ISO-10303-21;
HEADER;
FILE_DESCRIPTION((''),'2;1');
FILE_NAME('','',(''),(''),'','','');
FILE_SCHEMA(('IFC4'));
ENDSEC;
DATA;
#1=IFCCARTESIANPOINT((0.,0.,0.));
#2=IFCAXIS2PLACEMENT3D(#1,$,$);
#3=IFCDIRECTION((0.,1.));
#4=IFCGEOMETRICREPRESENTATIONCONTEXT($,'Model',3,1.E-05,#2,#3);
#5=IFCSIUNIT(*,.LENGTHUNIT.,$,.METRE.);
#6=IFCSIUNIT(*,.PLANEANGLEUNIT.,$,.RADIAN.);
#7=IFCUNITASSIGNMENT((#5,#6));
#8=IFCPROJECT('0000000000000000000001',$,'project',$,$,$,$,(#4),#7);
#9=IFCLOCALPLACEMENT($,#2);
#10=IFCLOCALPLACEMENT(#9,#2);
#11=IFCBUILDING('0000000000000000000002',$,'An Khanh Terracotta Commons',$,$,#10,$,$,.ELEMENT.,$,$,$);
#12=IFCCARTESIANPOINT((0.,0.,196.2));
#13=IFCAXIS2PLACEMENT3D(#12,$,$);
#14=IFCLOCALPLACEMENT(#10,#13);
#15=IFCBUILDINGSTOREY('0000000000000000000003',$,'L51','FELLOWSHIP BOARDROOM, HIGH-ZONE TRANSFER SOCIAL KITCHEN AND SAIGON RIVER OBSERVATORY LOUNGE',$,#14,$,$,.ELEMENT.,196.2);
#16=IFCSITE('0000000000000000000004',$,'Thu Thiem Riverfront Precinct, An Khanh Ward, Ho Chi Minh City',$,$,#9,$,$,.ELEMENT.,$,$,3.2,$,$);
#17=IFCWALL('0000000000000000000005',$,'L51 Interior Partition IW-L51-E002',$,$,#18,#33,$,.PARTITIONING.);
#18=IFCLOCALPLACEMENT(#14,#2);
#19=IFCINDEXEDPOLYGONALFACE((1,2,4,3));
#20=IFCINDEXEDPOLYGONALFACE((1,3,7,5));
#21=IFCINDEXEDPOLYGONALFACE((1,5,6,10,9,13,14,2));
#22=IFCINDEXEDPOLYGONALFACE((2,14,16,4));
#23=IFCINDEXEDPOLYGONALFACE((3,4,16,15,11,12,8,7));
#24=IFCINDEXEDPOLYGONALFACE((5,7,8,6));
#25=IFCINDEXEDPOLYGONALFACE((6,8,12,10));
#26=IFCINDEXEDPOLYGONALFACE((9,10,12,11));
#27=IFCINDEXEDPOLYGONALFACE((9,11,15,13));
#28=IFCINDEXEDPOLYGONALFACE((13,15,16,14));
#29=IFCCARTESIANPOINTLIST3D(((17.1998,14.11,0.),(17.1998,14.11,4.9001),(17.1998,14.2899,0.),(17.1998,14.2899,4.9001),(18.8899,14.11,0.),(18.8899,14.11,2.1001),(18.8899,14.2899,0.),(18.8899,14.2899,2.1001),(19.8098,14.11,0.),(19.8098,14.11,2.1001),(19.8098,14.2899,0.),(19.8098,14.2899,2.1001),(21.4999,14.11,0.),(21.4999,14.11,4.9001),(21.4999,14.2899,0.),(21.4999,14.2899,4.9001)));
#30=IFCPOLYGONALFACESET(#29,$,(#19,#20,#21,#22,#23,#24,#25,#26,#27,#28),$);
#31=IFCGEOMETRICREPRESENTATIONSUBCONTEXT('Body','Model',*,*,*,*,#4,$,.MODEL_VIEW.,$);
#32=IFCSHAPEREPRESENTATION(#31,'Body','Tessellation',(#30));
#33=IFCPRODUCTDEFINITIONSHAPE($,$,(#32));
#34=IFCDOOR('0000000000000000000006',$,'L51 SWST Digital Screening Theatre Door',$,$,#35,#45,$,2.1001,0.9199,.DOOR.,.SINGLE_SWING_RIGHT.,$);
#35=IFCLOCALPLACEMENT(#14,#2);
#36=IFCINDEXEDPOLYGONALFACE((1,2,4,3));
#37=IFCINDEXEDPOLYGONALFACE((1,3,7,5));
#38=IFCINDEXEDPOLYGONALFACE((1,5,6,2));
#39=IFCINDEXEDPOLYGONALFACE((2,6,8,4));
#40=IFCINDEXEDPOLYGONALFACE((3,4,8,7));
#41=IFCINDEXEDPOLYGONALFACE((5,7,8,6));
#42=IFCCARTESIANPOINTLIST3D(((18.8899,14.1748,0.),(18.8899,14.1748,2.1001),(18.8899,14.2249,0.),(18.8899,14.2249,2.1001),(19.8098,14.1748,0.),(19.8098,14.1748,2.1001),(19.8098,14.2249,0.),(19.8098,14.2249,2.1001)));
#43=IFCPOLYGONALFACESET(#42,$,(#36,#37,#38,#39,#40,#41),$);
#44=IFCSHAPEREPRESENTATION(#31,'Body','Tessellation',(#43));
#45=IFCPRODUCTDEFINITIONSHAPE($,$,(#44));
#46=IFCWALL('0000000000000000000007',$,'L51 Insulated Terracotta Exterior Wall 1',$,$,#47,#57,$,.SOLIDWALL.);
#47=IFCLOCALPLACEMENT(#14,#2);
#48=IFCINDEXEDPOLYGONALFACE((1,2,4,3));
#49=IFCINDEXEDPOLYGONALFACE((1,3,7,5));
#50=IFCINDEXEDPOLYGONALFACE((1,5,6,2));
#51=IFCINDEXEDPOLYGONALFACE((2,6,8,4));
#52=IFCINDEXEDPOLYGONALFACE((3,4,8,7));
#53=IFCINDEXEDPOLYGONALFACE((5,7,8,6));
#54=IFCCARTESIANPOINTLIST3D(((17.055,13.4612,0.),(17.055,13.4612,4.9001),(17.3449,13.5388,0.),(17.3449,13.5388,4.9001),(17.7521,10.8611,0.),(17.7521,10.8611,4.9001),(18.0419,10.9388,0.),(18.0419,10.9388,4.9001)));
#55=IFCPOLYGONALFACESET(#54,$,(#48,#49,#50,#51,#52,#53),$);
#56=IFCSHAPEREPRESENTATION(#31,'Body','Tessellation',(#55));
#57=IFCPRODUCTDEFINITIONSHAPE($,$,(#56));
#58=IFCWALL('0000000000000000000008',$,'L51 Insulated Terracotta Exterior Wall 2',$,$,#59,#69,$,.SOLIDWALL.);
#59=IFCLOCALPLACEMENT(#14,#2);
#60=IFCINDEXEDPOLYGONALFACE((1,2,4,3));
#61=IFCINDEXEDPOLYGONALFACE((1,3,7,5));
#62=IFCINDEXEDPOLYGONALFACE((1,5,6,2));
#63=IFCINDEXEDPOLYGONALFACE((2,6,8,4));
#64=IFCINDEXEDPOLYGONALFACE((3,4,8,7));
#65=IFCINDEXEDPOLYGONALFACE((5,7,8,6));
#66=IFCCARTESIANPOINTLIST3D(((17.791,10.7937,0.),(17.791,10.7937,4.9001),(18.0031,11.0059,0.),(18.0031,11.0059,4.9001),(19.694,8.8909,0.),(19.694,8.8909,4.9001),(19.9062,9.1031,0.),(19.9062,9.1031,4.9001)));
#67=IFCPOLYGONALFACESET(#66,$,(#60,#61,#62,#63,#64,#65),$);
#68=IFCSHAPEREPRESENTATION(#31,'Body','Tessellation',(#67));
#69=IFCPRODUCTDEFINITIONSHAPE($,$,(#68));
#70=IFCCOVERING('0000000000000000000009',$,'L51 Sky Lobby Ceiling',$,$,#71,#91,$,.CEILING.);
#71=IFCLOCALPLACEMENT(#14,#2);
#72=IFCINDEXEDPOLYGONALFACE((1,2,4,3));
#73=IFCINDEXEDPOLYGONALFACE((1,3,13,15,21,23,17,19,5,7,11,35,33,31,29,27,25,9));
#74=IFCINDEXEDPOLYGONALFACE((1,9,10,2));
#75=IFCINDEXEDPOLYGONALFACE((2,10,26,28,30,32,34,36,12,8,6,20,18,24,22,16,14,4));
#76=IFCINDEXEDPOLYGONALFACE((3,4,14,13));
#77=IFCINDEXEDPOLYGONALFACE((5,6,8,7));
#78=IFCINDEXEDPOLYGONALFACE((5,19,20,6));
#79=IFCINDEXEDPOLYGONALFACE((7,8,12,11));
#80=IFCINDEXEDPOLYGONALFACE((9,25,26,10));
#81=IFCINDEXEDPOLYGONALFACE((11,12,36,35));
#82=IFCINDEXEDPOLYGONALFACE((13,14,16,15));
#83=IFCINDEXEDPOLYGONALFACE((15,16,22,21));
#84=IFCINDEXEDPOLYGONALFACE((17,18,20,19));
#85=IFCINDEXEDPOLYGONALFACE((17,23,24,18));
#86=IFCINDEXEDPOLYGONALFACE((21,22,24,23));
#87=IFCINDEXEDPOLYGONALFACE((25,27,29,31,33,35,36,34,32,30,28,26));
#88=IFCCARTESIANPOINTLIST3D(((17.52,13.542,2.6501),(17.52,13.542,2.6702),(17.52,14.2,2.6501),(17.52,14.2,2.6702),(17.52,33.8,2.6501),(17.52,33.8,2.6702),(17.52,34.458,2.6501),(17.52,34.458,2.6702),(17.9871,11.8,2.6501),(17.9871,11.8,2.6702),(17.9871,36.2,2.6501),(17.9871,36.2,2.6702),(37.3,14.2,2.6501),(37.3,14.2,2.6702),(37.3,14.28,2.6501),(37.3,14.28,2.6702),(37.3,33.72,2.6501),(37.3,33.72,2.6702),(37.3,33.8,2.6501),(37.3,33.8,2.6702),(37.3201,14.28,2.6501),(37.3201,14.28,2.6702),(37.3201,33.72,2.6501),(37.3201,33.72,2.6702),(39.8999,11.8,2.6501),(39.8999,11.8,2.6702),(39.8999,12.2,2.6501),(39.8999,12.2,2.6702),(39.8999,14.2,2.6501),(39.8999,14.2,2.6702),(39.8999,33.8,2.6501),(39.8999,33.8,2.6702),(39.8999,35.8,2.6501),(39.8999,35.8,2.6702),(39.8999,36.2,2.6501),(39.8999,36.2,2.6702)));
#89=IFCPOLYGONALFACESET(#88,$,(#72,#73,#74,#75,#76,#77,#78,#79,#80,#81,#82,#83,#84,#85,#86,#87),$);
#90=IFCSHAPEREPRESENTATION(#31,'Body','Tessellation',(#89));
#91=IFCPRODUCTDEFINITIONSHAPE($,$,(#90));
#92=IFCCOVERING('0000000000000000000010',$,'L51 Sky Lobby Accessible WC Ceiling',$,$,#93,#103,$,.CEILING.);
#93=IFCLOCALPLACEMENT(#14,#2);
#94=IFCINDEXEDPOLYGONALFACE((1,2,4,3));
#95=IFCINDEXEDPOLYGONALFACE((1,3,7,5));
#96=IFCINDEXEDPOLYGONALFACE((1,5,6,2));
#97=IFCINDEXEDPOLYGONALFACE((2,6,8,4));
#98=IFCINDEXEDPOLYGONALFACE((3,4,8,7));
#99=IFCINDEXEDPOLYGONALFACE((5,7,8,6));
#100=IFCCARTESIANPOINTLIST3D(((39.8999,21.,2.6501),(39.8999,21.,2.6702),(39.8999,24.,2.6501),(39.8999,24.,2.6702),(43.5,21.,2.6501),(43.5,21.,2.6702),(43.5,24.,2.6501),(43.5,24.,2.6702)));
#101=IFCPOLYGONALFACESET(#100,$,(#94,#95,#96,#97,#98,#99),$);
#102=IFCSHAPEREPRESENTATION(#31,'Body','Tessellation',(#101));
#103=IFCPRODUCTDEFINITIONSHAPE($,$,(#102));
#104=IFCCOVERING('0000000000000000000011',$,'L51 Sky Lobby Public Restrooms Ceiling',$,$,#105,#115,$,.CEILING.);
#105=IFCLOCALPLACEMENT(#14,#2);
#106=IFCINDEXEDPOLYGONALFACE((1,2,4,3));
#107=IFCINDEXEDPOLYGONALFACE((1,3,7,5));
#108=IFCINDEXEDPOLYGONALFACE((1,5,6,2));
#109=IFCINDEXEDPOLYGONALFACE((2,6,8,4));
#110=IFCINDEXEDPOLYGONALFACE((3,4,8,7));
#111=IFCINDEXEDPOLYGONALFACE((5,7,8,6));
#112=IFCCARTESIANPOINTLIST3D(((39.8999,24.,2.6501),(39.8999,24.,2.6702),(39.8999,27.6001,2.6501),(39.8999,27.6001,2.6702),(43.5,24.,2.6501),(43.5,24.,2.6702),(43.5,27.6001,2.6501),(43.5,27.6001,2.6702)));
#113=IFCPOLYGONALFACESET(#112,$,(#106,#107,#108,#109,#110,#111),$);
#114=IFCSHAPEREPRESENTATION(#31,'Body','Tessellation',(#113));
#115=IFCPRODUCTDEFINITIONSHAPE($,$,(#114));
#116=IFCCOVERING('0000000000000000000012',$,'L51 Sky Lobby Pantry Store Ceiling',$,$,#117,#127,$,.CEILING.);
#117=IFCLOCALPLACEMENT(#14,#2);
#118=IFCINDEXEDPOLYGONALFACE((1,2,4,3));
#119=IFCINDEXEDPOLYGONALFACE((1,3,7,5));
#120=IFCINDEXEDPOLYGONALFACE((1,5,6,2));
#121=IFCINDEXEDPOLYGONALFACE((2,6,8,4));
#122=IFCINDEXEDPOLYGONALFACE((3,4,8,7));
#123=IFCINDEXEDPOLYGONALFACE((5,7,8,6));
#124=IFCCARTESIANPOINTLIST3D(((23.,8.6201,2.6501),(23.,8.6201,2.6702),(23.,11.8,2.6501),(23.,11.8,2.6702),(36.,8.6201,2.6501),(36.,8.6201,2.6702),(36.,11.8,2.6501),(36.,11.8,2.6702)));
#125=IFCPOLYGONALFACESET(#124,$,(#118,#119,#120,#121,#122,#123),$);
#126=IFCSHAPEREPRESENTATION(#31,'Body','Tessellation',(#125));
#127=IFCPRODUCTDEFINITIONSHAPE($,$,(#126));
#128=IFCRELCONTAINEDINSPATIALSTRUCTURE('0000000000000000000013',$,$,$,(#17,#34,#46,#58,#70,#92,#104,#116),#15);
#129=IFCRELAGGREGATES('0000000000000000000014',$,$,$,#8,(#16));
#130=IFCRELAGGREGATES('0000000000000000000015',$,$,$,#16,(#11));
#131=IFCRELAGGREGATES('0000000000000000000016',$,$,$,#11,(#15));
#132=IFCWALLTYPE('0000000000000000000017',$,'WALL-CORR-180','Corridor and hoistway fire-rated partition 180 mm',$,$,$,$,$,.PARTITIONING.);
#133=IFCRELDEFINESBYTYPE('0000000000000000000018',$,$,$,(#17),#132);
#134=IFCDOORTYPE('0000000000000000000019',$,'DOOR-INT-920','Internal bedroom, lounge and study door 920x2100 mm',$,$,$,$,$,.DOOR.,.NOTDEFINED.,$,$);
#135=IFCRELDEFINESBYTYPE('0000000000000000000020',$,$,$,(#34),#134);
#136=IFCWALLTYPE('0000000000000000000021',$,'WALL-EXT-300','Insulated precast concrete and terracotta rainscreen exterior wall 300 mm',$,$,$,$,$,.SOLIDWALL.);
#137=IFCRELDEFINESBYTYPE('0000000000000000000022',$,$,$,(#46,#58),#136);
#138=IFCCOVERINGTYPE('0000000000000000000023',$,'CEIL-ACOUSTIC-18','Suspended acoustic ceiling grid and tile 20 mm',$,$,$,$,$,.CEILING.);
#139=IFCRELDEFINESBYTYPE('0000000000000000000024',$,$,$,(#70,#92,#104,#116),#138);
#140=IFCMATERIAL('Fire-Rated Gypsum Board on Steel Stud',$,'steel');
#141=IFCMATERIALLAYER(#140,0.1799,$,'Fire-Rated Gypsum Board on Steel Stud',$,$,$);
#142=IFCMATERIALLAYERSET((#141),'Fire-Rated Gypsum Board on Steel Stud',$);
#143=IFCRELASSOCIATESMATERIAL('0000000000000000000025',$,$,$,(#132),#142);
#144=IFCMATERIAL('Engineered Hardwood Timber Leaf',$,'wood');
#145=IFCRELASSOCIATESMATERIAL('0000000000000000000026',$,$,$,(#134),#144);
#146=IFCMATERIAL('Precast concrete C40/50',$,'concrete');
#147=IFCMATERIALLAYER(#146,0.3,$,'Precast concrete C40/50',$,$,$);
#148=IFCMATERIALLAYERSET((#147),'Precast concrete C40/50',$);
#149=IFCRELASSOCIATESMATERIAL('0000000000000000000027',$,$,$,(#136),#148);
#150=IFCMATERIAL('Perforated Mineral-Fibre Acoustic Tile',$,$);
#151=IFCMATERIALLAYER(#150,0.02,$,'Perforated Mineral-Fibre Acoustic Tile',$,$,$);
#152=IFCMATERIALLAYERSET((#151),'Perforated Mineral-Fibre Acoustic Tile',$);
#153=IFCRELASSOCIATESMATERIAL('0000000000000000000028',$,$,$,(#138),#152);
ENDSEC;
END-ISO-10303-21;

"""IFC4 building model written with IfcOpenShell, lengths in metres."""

from ifc_helpers import new_model, si_unit, direction, frame, frame_2d, origin, place, context, subcontext, project, spatial, polyline, rectangle, outline, extrude, material, layer, layer_set, type_object, element, fill, save


model = new_model("IFC4")

# Units and contexts
model_context = context("Model", 3, precision=1e-05, world=origin(), true_north=direction((0.0, 1.0)))
body_context = subcontext(model_context, "Body", "Model", "MODEL_VIEW")
ifc_project = project(units=[si_unit("LENGTHUNIT", "METRE"), si_unit("PLANEANGLEUNIT", "RADIAN")], contexts=[model_context])

# Site, building, storey
site_placement = place(None, origin())
site = spatial("IfcSite", under=ifc_project, at=site_placement, Name="Thu Thiem Riverfront Precinct, An Khanh Ward, Ho Chi Minh City", CompositionType="ELEMENT", RefElevation=3.2)
building_placement = place(site_placement, origin())
building = spatial("IfcBuilding", under=site, at=building_placement, Name="An Khanh Terracotta Commons", CompositionType="ELEMENT")
storey_placement = place(building_placement, frame((0.0, 0.0, 196.2)))
storey = spatial("IfcBuildingStorey", under=building, at=storey_placement, Name="L51", Description="FELLOWSHIP BOARDROOM, HIGH-ZONE TRANSFER SOCIAL KITCHEN AND SAIGON RIVER OBSERVATORY LOUNGE", CompositionType="ELEMENT", Elevation=196.2)

# Shared definitions
ifc_material_1 = material(Name="Precast concrete C40/50", Category="concrete")

# Wall, opening, door
ifc_material_2 = material(Name="Fire-Rated Gypsum Board on Steel Stud", Category="steel")
ifc_layer_1 = layer(ifc_material_2, 0.1799, Name="Fire-Rated Gypsum Board on Steel Stud")
ifc_layer_set_1 = layer_set([ifc_layer_1], Name="Fire-Rated Gypsum Board on Steel Stud")
wall_type_1 = type_object("IfcWallType", Name="WALL-CORR-180", Description="Corridor and hoistway fire-rated partition 180 mm", PredefinedType="PARTITIONING", material=ifc_layer_set_1)
wall_1_placement = place(storey_placement, frame((17.2, 14.2, 0.0), z_axis=(0.0, 0.0, 1.0), x_axis=(1.0, 0.0, 0.0)))
wall_1 = element("IfcWall", 1, at=wall_1_placement, inside=storey, type_object=wall_type_1, Name="L51 Interior Partition IW-L51-E002", PredefinedType="PARTITIONING", context=body_context, shape_type="SweptSolid", body=[
    extrude(rectangle(XDim=4.3, YDim=0.1799, at=frame_2d((2.1499, 0.0))), origin(), (0.0, 0.0, 1.0), 4.9001),
])
opening_1_placement = place(wall_1_placement, frame((1.6899, 0.0, 0.0)))
opening_1 = element("IfcOpeningElement", 2, at=opening_1_placement, cuts=wall_1, PredefinedType="OPENING", context=body_context, shape_type="SweptSolid", body=[
    extrude(rectangle(XDim=0.9199, YDim=2.1001, at=frame_2d((0.46, 1.05))), frame((0.0, 0.0999, 0.0), z_axis=(0.0, -1.0, 0.0), x_axis=(1.0, 0.0, 0.0)), (0.0, 0.0, 1.0), 0.2),
])
ifc_material_3 = material(Name="Engineered Hardwood Timber Leaf", Category="wood")
door_type_1 = type_object("IfcDoorType", Name="DOOR-INT-920", Description="Internal bedroom, lounge and study door 920x2100 mm", OperationType="NOTDEFINED", PredefinedType="DOOR", material=ifc_material_3)
door_1_placement = place(opening_1_placement, origin())
door_1 = element("IfcDoor", 3, at=door_1_placement, inside=storey, type_object=door_type_1, Name="L51 SWST Digital Screening Theatre Door", OperationType="SINGLE_SWING_RIGHT", OverallHeight=2.1001, OverallWidth=0.9199, PredefinedType="DOOR", context=body_context, shape_type="SweptSolid", body=[
    extrude(rectangle(XDim=0.9199, YDim=2.1001, at=frame_2d((0.46, 1.05))), frame((0.0, 0.0249, 0.0), z_axis=(0.0, -1.0, 0.0), x_axis=(1.0, 0.0, 0.0)), (0.0, 0.0, 1.0), 0.05),
])
fill(opening_1, door_1)

# Walls
ifc_layer_2 = layer(ifc_material_1, 0.3, Name="Precast concrete C40/50")
ifc_layer_set_2 = layer_set([ifc_layer_2], Name="Precast concrete C40/50")
wall_type_2 = type_object("IfcWallType", Name="WALL-EXT-300", Description="Insulated precast concrete and terracotta rainscreen exterior wall 300 mm", PredefinedType="SOLIDWALL", material=ifc_layer_set_2)
wall_2_placement = place(storey_placement, frame((17.2, 13.5, 0.0), z_axis=(0.0, 0.0, 1.0), x_axis=(0.258933, -0.965895, 0.0)))
element("IfcWall", 4, at=wall_2_placement, inside=storey, type_object=wall_type_2, Name="L51 Insulated Terracotta Exterior Wall 1", PredefinedType="SOLIDWALL", context=body_context, shape_type="SweptSolid", body=[
    extrude(rectangle(XDim=2.6919, YDim=0.3, at=frame_2d((1.3459, 0.0))), origin(), (0.0, 0.0, 1.0), 4.9001),
])
wall_3_placement = place(storey_placement, frame((17.897, 10.8999, 0.0), z_axis=(0.0, 0.0, 1.0), x_axis=(0.707152, -0.707061, 0.0)))
element("IfcWall", 5, at=wall_3_placement, inside=storey, type_object=wall_type_2, Name="L51 Insulated Terracotta Exterior Wall 2", PredefinedType="SOLIDWALL", context=body_context, shape_type="SweptSolid", body=[
    extrude(rectangle(XDim=2.6912, YDim=0.3, at=frame_2d((1.3457, 0.0))), origin(), (0.0, 0.0, 1.0), 4.9001),
])

# Coverings
ifc_material_4 = material(Name="Perforated Mineral-Fibre Acoustic Tile")
ifc_layer_3 = layer(ifc_material_4, 0.02, Name="Perforated Mineral-Fibre Acoustic Tile")
ifc_layer_set_3 = layer_set([ifc_layer_3], Name="Perforated Mineral-Fibre Acoustic Tile")
covering_type = type_object("IfcCoveringType", Name="CEIL-ACOUSTIC-18", Description="Suspended acoustic ceiling grid and tile 20 mm", PredefinedType="CEILING", material=ifc_layer_set_3)
covering_1_placement = place(storey_placement, frame((0.0, 0.0, 2.6501)))
element("IfcCovering", 6, at=covering_1_placement, inside=storey, type_object=covering_type, Name="L51 Sky Lobby Ceiling", PredefinedType="CEILING", context=body_context, shape_type="SweptSolid", body=[
    extrude(outline(polyline([(17.9871, 11.8), (17.52, 13.542), (17.52, 14.2), (37.3, 14.2), (37.3, 14.28), (37.3201, 14.28), (37.3201, 33.72), (37.3, 33.72), (37.3, 33.8), (17.52, 33.8), (17.52, 34.458), (17.9871, 36.2), (39.8999, 36.2), (39.8999, 35.8), (39.8999, 33.8), (39.8999, 14.2), (39.8999, 12.2), (39.8999, 11.8), (17.9871, 11.8)])), origin(), (0.0, 0.0, 1.0), 0.02),
])
covering_2_placement = place(storey_placement, frame((0.0, 0.0, 2.6501)))
element("IfcCovering", 7, at=covering_2_placement, inside=storey, type_object=covering_type, Name="L51 Sky Lobby Accessible WC Ceiling", PredefinedType="CEILING", context=body_context, shape_type="SweptSolid", body=[
    extrude(outline(polyline([(39.8999, 24.0), (43.5, 24.0), (43.5, 21.0), (39.8999, 21.0), (39.8999, 24.0)])), origin(), (0.0, 0.0, 1.0), 0.02),
])
covering_3_placement = place(storey_placement, frame((0.0, 0.0, 2.6501)))
element("IfcCovering", 8, at=covering_3_placement, inside=storey, type_object=covering_type, Name="L51 Sky Lobby Public Restrooms Ceiling", PredefinedType="CEILING", context=body_context, shape_type="SweptSolid", body=[
    extrude(outline(polyline([(39.8999, 27.6001), (43.5, 27.6001), (43.5, 24.0), (39.8999, 24.0), (39.8999, 27.6001)])), origin(), (0.0, 0.0, 1.0), 0.02),
])
covering_4_placement = place(storey_placement, frame((0.0, 0.0, 2.6501)))
element("IfcCovering", 9, at=covering_4_placement, inside=storey, type_object=covering_type, Name="L51 Sky Lobby Pantry Store Ceiling", PredefinedType="CEILING", context=body_context, shape_type="SweptSolid", body=[
    extrude(outline(polyline([(23.0, 8.6201), (23.0, 11.8), (36.0, 11.8), (36.0, 8.6201), (23.0, 8.6201)])), origin(), (0.0, 0.0, 1.0), 0.02),
])

save(model, "model.ifc")
